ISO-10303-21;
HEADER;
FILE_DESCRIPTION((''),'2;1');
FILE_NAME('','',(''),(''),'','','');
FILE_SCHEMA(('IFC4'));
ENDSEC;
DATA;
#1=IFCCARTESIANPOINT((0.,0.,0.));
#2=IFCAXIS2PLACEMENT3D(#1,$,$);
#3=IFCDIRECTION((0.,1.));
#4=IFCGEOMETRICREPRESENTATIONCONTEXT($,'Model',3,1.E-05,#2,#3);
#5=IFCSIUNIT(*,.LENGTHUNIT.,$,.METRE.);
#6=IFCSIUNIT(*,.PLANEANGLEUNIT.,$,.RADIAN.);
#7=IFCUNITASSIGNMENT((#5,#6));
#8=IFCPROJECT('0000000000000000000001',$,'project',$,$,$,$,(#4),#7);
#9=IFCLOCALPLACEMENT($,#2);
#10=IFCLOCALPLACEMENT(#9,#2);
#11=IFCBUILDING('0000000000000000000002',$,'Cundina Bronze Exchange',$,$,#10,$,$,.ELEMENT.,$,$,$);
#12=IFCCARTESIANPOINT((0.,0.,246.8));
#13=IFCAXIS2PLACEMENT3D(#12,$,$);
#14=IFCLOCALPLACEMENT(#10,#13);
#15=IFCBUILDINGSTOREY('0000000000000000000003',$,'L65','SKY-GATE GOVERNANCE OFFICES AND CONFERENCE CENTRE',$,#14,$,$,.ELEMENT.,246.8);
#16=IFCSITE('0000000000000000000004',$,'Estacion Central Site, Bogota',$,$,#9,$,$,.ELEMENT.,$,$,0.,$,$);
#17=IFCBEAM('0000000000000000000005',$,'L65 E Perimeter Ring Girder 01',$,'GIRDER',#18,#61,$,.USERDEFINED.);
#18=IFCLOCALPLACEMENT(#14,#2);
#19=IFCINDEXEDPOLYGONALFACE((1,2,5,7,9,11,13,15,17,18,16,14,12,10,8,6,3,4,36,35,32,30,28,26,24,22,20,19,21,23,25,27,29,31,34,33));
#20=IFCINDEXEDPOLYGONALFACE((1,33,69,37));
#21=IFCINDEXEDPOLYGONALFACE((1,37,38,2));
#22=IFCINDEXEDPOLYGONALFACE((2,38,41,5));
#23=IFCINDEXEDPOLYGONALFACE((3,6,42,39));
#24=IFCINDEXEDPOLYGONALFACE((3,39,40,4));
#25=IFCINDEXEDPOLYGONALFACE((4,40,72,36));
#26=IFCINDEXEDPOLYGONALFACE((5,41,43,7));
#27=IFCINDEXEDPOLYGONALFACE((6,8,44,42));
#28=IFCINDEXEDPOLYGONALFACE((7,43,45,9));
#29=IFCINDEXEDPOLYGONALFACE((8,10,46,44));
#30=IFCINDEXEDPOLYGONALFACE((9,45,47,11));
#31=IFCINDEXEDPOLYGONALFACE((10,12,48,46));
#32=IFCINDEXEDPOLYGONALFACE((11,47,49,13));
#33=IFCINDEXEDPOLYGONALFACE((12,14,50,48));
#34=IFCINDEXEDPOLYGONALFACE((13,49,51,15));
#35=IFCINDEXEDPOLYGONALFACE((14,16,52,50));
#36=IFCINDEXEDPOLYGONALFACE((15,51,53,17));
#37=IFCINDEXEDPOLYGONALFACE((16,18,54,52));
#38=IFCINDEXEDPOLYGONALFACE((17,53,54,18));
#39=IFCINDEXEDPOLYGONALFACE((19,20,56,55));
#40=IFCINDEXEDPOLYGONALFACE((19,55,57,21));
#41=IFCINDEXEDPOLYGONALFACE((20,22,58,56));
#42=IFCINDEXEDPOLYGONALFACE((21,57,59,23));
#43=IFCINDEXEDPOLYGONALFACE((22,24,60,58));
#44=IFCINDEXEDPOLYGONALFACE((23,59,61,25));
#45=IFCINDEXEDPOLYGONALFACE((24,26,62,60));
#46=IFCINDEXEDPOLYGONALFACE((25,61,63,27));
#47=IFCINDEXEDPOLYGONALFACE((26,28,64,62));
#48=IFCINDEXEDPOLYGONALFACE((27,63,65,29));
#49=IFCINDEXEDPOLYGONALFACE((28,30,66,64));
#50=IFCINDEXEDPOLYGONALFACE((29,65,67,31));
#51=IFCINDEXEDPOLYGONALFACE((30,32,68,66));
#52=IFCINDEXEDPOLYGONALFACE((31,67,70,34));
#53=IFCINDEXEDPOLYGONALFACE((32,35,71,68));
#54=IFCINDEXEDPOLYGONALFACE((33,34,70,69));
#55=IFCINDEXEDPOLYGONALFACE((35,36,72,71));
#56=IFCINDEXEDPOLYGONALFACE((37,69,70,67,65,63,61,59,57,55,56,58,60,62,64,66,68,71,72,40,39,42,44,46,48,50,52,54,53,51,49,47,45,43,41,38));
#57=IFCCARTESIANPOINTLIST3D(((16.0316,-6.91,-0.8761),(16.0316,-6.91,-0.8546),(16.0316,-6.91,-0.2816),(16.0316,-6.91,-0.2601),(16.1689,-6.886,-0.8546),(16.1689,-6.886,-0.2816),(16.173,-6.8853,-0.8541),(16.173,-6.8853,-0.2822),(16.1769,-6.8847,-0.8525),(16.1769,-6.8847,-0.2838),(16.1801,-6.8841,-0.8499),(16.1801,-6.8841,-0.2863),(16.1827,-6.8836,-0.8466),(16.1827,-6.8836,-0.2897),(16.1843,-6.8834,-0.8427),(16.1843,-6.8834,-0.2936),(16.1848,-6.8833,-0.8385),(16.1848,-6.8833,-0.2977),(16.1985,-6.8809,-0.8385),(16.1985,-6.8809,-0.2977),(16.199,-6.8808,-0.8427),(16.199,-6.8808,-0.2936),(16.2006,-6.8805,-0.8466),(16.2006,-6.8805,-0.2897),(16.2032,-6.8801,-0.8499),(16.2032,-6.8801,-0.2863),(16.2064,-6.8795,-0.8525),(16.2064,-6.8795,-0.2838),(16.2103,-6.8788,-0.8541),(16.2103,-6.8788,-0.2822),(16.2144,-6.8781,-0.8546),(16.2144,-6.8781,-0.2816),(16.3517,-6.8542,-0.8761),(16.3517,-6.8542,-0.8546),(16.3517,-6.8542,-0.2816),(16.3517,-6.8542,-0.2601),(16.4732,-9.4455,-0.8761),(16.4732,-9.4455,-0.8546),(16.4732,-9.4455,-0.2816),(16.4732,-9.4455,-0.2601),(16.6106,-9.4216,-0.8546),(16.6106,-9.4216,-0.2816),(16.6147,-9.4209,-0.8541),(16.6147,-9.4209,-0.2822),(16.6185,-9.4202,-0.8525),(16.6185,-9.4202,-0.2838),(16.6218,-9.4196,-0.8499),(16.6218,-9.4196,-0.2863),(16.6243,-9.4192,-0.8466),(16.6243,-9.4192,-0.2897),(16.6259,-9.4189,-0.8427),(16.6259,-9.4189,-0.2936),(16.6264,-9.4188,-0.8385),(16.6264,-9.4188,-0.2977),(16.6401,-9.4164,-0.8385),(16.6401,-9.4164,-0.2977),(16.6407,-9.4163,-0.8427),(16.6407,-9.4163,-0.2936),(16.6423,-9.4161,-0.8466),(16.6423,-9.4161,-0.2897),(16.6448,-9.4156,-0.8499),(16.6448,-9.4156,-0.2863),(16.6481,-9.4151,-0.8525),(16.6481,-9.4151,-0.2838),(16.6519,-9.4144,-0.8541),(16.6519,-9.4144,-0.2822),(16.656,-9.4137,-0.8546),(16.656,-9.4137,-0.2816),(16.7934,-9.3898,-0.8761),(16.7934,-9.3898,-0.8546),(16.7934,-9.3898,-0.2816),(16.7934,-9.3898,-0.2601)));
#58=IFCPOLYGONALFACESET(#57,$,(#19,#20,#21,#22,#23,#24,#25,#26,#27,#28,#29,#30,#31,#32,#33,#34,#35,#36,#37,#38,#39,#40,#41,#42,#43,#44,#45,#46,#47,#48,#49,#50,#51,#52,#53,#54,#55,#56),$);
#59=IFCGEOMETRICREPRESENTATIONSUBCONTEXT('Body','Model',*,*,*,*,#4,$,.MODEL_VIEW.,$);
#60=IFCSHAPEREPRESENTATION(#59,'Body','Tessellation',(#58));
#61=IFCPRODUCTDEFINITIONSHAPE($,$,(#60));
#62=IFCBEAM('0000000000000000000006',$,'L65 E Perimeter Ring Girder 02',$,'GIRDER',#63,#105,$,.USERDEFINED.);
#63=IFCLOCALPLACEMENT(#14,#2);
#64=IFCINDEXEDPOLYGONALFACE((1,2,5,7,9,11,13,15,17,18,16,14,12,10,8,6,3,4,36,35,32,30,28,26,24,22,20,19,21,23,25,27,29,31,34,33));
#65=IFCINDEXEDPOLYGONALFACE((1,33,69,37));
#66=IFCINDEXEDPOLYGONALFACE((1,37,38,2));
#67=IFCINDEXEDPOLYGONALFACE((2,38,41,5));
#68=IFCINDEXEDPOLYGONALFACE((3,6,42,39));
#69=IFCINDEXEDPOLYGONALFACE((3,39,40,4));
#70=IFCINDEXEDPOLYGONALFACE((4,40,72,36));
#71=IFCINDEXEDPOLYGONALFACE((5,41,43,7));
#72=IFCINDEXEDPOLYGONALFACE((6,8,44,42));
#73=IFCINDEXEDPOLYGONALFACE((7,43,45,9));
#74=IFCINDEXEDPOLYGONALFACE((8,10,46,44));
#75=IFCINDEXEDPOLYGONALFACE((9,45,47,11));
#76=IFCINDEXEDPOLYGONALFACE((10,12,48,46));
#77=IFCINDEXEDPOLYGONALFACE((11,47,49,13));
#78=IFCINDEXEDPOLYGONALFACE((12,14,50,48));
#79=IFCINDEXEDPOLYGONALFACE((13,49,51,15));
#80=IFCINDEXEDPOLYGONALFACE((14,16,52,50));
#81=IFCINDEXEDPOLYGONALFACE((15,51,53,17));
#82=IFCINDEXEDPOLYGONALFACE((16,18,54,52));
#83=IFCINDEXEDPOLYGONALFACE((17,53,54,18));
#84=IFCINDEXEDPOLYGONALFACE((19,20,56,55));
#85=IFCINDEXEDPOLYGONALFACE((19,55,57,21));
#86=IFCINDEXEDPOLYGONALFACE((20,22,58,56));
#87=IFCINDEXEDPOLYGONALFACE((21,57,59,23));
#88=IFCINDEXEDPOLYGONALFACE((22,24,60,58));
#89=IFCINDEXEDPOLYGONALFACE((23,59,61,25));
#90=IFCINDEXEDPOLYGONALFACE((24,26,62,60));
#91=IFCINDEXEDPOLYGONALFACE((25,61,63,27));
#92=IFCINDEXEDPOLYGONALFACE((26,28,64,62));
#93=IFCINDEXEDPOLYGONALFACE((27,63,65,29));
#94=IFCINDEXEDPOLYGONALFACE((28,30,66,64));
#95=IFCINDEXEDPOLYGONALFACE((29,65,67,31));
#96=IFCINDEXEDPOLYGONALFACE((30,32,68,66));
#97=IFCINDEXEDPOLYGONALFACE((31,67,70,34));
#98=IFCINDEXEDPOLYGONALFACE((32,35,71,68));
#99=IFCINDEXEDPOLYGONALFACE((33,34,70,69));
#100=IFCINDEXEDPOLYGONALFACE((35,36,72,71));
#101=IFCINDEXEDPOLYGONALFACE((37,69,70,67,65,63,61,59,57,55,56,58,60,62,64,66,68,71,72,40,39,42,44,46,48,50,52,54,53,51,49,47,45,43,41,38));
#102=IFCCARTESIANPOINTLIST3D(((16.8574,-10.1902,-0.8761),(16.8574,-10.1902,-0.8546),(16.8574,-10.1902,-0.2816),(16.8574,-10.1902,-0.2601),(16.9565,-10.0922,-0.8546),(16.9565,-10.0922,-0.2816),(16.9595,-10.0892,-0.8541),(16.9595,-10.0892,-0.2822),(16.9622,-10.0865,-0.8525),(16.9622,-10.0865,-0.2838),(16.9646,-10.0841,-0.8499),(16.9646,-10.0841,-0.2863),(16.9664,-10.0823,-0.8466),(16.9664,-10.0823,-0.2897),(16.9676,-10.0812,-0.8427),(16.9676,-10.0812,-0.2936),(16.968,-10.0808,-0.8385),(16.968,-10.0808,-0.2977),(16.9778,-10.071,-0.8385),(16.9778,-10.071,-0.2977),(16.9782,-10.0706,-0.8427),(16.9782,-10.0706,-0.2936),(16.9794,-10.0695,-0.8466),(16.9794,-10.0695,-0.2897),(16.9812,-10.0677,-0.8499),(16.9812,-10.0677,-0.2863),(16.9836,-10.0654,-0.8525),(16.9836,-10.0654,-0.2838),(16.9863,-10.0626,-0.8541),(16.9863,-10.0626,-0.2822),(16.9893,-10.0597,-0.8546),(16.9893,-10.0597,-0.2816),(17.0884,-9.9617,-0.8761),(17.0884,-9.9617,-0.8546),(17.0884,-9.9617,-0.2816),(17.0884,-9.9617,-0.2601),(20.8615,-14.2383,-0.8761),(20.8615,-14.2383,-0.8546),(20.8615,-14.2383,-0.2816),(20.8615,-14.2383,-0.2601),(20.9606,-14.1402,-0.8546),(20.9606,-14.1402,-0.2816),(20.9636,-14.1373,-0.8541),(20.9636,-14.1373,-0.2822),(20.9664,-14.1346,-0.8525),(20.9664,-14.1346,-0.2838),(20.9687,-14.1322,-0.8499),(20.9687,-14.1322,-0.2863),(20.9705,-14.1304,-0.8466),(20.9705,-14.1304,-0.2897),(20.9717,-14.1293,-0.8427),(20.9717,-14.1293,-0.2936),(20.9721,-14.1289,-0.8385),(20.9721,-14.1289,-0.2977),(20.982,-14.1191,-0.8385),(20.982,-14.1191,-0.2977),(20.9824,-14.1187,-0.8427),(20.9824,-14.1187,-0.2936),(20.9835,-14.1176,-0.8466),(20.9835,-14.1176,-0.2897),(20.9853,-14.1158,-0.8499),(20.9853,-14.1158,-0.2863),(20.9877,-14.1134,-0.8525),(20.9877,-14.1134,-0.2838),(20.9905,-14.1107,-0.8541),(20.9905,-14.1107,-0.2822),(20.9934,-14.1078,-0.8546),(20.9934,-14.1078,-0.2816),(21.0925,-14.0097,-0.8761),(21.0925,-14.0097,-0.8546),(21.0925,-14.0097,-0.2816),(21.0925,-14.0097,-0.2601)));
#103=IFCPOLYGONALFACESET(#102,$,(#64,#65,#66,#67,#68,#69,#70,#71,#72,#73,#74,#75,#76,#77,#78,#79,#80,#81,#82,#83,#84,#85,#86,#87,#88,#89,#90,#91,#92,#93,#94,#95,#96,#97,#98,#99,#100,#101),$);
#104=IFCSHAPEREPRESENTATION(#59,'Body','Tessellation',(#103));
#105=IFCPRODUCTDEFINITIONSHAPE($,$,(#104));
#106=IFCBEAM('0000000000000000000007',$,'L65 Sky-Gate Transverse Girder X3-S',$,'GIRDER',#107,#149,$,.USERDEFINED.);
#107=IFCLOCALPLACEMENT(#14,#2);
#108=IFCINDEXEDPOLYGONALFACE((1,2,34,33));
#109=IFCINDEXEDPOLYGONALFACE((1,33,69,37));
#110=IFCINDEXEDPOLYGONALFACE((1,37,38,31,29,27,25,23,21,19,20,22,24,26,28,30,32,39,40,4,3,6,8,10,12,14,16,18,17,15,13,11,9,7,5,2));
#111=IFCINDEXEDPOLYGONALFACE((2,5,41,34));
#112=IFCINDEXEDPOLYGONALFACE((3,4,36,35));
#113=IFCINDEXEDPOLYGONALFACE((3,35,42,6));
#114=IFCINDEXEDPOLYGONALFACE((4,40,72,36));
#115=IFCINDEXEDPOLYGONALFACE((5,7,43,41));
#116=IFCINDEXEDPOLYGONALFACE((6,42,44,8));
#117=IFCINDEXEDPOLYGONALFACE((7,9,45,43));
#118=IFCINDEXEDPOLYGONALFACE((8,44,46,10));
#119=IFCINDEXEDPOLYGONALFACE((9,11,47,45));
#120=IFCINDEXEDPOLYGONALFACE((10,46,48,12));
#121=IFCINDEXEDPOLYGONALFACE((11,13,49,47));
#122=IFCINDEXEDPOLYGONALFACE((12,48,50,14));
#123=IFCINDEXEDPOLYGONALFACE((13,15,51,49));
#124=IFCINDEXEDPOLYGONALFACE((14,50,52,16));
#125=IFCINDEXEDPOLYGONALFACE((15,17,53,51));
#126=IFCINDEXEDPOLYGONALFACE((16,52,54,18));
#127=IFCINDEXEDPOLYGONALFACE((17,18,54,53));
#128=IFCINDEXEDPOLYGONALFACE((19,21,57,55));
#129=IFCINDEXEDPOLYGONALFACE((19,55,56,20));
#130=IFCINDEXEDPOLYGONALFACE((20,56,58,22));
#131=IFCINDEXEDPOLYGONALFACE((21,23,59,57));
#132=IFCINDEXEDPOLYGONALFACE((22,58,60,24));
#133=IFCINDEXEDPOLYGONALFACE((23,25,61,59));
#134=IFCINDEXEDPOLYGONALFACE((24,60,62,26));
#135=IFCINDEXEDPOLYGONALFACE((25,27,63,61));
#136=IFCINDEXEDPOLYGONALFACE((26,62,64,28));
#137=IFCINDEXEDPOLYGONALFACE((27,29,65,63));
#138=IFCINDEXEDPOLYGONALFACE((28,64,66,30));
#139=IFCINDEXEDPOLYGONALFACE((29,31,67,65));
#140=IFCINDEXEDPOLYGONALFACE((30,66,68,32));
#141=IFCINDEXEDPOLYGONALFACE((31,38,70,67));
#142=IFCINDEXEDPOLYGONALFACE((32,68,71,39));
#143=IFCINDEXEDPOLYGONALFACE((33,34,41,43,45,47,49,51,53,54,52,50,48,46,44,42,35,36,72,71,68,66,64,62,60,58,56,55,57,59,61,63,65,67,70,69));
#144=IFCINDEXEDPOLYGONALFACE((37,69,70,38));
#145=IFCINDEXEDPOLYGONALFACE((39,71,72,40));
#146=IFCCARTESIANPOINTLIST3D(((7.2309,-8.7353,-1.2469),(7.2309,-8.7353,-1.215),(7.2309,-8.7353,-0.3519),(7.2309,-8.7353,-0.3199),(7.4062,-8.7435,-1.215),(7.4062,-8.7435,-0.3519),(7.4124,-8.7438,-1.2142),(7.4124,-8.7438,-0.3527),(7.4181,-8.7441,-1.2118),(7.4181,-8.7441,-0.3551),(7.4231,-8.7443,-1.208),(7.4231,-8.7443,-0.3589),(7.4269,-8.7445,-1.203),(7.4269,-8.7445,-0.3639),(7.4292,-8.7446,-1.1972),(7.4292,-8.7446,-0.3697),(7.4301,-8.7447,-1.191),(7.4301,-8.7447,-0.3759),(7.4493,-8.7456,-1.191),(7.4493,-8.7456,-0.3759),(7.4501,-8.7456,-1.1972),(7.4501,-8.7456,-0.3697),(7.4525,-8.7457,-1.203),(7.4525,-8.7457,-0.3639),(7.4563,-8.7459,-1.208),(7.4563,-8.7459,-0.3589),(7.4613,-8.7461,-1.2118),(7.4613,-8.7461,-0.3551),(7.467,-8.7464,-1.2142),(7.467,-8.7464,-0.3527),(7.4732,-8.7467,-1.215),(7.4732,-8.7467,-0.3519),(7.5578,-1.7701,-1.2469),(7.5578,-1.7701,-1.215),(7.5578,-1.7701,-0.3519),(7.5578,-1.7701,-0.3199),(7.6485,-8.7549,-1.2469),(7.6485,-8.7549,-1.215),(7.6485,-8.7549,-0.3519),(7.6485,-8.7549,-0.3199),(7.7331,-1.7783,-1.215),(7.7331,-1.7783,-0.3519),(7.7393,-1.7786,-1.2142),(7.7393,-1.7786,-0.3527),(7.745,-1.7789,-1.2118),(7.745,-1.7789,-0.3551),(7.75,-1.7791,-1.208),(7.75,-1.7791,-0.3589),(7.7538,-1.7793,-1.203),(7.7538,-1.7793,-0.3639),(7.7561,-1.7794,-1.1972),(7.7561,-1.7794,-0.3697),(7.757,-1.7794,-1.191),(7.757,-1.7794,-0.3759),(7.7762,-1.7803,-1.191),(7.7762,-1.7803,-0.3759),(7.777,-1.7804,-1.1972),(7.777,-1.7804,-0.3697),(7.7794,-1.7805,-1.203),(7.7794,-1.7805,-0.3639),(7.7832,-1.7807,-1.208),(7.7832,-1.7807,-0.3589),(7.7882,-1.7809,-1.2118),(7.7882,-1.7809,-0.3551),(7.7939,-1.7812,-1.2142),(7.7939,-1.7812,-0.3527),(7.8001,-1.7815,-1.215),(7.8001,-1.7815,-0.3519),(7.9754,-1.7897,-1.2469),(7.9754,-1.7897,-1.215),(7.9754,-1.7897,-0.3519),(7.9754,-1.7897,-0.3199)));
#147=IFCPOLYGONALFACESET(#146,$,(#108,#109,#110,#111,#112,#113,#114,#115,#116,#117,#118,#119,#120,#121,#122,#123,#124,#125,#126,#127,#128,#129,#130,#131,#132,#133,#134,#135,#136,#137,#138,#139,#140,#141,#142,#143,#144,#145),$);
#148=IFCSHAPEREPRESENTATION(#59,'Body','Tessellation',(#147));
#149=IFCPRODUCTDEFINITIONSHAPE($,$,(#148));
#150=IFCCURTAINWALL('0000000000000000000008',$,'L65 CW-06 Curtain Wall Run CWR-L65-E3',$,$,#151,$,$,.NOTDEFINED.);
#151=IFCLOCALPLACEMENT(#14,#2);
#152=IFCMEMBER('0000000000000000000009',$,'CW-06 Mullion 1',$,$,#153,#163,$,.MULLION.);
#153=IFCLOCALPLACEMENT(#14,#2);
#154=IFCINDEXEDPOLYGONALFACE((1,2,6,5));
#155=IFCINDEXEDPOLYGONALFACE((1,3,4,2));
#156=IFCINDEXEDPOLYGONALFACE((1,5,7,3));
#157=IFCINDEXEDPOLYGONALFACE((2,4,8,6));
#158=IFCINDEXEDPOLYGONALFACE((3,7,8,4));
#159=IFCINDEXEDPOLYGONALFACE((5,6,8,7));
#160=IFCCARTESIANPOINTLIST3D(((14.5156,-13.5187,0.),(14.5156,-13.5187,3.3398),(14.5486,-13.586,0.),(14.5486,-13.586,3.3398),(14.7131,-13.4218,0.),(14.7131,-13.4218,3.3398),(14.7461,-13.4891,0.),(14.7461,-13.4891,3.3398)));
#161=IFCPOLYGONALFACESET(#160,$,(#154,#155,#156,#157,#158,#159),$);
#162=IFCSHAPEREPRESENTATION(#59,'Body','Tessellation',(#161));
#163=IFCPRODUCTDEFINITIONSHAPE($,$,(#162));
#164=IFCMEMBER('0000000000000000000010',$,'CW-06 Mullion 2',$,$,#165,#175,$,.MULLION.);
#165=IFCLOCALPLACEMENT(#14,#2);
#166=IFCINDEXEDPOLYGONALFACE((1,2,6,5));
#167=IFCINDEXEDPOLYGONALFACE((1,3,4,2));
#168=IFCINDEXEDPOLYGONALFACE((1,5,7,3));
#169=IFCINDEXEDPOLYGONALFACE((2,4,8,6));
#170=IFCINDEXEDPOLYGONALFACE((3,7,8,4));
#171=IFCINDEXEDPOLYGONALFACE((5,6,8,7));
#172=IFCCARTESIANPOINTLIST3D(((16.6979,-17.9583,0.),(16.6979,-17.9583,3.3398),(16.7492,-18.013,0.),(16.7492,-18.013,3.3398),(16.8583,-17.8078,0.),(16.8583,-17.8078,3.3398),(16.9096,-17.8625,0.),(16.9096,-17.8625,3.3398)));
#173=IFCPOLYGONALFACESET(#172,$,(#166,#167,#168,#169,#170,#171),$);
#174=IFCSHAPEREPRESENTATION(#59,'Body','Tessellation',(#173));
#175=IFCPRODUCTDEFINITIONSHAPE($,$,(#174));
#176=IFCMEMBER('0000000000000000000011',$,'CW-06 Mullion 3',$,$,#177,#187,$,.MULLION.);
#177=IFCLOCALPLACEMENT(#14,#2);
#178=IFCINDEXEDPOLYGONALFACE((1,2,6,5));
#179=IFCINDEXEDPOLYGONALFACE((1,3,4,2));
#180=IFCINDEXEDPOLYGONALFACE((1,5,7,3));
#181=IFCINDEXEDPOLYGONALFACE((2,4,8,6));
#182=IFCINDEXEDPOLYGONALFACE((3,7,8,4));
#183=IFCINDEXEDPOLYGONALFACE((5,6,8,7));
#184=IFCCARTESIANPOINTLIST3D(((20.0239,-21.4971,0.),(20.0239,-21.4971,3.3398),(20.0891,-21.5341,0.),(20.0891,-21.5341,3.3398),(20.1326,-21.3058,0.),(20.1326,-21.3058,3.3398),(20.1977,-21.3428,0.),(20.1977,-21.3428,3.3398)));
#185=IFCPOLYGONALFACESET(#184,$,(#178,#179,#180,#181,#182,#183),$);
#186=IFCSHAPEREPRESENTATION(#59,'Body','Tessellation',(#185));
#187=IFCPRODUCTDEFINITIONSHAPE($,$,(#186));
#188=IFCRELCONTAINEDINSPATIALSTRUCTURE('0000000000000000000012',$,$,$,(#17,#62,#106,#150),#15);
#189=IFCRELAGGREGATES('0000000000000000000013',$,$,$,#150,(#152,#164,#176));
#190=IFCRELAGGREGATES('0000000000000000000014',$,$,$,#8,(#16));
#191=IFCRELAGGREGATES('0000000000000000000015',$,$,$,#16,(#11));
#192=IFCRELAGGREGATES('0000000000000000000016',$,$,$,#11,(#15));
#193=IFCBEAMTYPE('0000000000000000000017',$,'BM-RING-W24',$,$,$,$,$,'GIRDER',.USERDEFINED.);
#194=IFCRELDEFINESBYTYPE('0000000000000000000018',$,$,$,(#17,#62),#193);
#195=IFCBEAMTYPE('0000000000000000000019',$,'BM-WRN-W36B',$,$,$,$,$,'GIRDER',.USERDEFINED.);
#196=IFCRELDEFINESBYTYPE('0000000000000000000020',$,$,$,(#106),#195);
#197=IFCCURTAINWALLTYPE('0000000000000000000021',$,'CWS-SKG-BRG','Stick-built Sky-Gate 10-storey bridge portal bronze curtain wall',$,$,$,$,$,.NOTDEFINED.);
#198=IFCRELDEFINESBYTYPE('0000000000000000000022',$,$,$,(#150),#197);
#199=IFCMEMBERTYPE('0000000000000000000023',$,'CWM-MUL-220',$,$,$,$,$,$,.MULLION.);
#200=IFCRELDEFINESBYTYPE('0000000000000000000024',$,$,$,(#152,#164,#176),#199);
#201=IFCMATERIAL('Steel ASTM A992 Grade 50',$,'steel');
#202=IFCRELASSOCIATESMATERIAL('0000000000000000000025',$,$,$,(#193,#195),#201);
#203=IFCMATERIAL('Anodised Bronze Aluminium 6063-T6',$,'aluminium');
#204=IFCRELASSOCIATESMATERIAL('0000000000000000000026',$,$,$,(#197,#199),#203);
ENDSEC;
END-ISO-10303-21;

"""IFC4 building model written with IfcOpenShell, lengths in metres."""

from ifc_helpers import new_model, si_unit, direction, frame, origin, origin_2d, place, context, subcontext, project, spatial, rectangle, i_section, extrude, material, material_profile, profile_set, type_object, element, aggregate, save


model = new_model("IFC4")

# Units and contexts
model_context = context("Model", 3, precision=1e-05, world=origin(), true_north=direction((0.0, 1.0)))
body_context = subcontext(model_context, "Body", "Model", "MODEL_VIEW")
ifc_project = project(units=[si_unit("LENGTHUNIT", "METRE"), si_unit("PLANEANGLEUNIT", "RADIAN")], contexts=[model_context])

# Site, building, storey
site_placement = place(None, origin())
site = spatial("IfcSite", under=ifc_project, at=site_placement, Name="Estacion Central Site, Bogota", CompositionType="ELEMENT", RefElevation=0.0)
building_placement = place(site_placement, origin())
building = spatial("IfcBuilding", under=site, at=building_placement, Name="Cundina Bronze Exchange", CompositionType="ELEMENT")
storey_placement = place(building_placement, frame((0.0, 0.0, 246.8)))
storey = spatial("IfcBuildingStorey", under=building, at=storey_placement, Name="L65", Description="SKY-GATE GOVERNANCE OFFICES AND CONFERENCE CENTRE", CompositionType="ELEMENT", Elevation=246.8)

# Beams
ifc_material_1 = material(Name="Steel ASTM A992 Grade 50", Category="steel")
ifc_material_profile_1 = material_profile(ifc_material_1, i_section(OverallWidth=0.325, OverallDepth=0.616, WebThickness=0.0139, FlangeThickness=0.0215, FilletRadius=0.0161, at=origin_2d()), Name="W24X117", Category="steel")
ifc_profile_set_1 = profile_set([ifc_material_profile_1], Name="Steel ASTM A992 Grade 50")
beam_type_1 = type_object("IfcBeamType", Name="BM-RING-W24", ElementType="GIRDER", PredefinedType="USERDEFINED", material=ifc_profile_set_1)
beam_1_placement = place(storey_placement, frame((16.1917, -6.8821, -0.5681), z_axis=(0.171593, -0.985168, 0.0), x_axis=(0.985168, 0.171593, 0.0)))
element("IfcBeam", 1, at=beam_1_placement, inside=storey, type_object=beam_type_1, Name="L65 E Perimeter Ring Girder 01", ObjectType="GIRDER", PredefinedType="USERDEFINED", context=body_context, shape_type="SweptSolid", body=[
    extrude(i_section(OverallWidth=0.325, OverallDepth=0.616, WebThickness=0.0139, FlangeThickness=0.0215, FilletRadius=0.0161, at=origin_2d()), origin(), (0.0, 0.0, 1.0), 2.5737),
])
beam_2_placement = place(storey_placement, frame((16.9729, -10.0759, -0.5681), z_axis=(0.703237, -0.710955, 0.0), x_axis=(0.710955, 0.703237, 0.0)))
element("IfcBeam", 2, at=beam_2_placement, inside=storey, type_object=beam_type_1, Name="L65 E Perimeter Ring Girder 02", ObjectType="GIRDER", PredefinedType="USERDEFINED", context=body_context, shape_type="SweptSolid", body=[
    extrude(i_section(OverallWidth=0.325, OverallDepth=0.616, WebThickness=0.0139, FlangeThickness=0.0215, FilletRadius=0.0161, at=origin_2d()), origin(), (0.0, 0.0, 1.0), 5.6938),
])
ifc_material_profile_2 = material_profile(ifc_material_1, i_section(OverallWidth=0.418, OverallDepth=0.927, WebThickness=0.0193, FlangeThickness=0.032, FilletRadius=0.0239, at=origin_2d()), Name="W36X231", Category="steel")
ifc_profile_set_2 = profile_set([ifc_material_profile_2], Name="Steel ASTM A992 Grade 50")
beam_type_2 = type_object("IfcBeamType", Name="BM-WRN-W36B", ElementType="GIRDER", PredefinedType="USERDEFINED", material=ifc_profile_set_2)
beam_3_placement = place(storey_placement, frame((7.4397, -8.7451, -0.7834), z_axis=(0.046881, 0.9989, 0.0), x_axis=(-0.9989, 0.046881, 0.0)))
element("IfcBeam", 3, at=beam_3_placement, inside=storey, type_object=beam_type_2, Name="L65 Sky-Gate Transverse Girder X3-S", ObjectType="GIRDER", PredefinedType="USERDEFINED", context=body_context, shape_type="SweptSolid", body=[
    extrude(i_section(OverallWidth=0.418, OverallDepth=0.927, WebThickness=0.0193, FlangeThickness=0.032, FilletRadius=0.0239, at=origin_2d()), origin(), (0.0, 0.0, 1.0), 6.9729),
])

# Curtain wall, members
ifc_material_2 = material(Name="Anodised Bronze Aluminium 6063-T6", Category="aluminium")
curtain_wall_type = type_object("IfcCurtainWallType", Name="CWS-SKG-BRG", Description="Stick-built Sky-Gate 10-storey bridge portal bronze curtain wall", PredefinedType="NOTDEFINED", material=ifc_material_2)
curtain_wall_1_placement = place(storey_placement, origin())
curtain_wall_1 = element("IfcCurtainWall", 4, at=curtain_wall_1_placement, inside=storey, type_object=curtain_wall_type, Name="L65 CW-06 Curtain Wall Run CWR-L65-E3", PredefinedType="NOTDEFINED")
ifc_material_profile_3 = material_profile(ifc_material_2, rectangle(XDim=0.075, YDim=0.22, at=origin_2d()), Name="AL75X220", Category="aluminium")
ifc_profile_set_3 = profile_set([ifc_material_profile_3], Name="Anodised Bronze Aluminium 6063-T6")
member_type_1 = type_object("IfcMemberType", Name="CWM-MUL-220", PredefinedType="MULLION", material=ifc_profile_set_3)
member_1_placement = place(storey_placement, frame((14.6309, -13.5039, 0.0), z_axis=(0.0, 0.0, 1.0), x_axis=(0.440566, -0.89772, 0.0)))
member_1 = element("IfcMember", 5, at=member_1_placement, type_object=member_type_1, Name="CW-06 Mullion 1", PredefinedType="MULLION", context=body_context, shape_type="SweptSolid", body=[
    extrude(rectangle(XDim=0.075, YDim=0.22, at=origin_2d()), origin(), (0.0, 0.0, 1.0), 3.3398),
])
member_2_placement = place(storey_placement, frame((16.8037, -17.9104, 0.0), z_axis=(0.0, 0.0, 1.0), x_axis=(0.684293, -0.729208, 0.0)))
member_2 = element("IfcMember", 6, at=member_2_placement, type_object=member_type_1, Name="CW-06 Mullion 2", PredefinedType="MULLION", context=body_context, shape_type="SweptSolid", body=[
    extrude(rectangle(XDim=0.075, YDim=0.22, at=origin_2d()), origin(), (0.0, 0.0, 1.0), 3.3398),
])
member_3_placement = place(storey_placement, frame((20.1108, -21.4199, 0.0), z_axis=(0.0, 0.0, 1.0), x_axis=(0.869581, -0.49379, 0.0)))
member_3 = element("IfcMember", 7, at=member_3_placement, type_object=member_type_1, Name="CW-06 Mullion 3", PredefinedType="MULLION", context=body_context, shape_type="SweptSolid", body=[
    extrude(rectangle(XDim=0.075, YDim=0.22, at=origin_2d()), origin(), (0.0, 0.0, 1.0), 3.3398),
])

aggregate(curtain_wall_1, [member_1, member_2, member_3])

save(model, "model.ifc")
